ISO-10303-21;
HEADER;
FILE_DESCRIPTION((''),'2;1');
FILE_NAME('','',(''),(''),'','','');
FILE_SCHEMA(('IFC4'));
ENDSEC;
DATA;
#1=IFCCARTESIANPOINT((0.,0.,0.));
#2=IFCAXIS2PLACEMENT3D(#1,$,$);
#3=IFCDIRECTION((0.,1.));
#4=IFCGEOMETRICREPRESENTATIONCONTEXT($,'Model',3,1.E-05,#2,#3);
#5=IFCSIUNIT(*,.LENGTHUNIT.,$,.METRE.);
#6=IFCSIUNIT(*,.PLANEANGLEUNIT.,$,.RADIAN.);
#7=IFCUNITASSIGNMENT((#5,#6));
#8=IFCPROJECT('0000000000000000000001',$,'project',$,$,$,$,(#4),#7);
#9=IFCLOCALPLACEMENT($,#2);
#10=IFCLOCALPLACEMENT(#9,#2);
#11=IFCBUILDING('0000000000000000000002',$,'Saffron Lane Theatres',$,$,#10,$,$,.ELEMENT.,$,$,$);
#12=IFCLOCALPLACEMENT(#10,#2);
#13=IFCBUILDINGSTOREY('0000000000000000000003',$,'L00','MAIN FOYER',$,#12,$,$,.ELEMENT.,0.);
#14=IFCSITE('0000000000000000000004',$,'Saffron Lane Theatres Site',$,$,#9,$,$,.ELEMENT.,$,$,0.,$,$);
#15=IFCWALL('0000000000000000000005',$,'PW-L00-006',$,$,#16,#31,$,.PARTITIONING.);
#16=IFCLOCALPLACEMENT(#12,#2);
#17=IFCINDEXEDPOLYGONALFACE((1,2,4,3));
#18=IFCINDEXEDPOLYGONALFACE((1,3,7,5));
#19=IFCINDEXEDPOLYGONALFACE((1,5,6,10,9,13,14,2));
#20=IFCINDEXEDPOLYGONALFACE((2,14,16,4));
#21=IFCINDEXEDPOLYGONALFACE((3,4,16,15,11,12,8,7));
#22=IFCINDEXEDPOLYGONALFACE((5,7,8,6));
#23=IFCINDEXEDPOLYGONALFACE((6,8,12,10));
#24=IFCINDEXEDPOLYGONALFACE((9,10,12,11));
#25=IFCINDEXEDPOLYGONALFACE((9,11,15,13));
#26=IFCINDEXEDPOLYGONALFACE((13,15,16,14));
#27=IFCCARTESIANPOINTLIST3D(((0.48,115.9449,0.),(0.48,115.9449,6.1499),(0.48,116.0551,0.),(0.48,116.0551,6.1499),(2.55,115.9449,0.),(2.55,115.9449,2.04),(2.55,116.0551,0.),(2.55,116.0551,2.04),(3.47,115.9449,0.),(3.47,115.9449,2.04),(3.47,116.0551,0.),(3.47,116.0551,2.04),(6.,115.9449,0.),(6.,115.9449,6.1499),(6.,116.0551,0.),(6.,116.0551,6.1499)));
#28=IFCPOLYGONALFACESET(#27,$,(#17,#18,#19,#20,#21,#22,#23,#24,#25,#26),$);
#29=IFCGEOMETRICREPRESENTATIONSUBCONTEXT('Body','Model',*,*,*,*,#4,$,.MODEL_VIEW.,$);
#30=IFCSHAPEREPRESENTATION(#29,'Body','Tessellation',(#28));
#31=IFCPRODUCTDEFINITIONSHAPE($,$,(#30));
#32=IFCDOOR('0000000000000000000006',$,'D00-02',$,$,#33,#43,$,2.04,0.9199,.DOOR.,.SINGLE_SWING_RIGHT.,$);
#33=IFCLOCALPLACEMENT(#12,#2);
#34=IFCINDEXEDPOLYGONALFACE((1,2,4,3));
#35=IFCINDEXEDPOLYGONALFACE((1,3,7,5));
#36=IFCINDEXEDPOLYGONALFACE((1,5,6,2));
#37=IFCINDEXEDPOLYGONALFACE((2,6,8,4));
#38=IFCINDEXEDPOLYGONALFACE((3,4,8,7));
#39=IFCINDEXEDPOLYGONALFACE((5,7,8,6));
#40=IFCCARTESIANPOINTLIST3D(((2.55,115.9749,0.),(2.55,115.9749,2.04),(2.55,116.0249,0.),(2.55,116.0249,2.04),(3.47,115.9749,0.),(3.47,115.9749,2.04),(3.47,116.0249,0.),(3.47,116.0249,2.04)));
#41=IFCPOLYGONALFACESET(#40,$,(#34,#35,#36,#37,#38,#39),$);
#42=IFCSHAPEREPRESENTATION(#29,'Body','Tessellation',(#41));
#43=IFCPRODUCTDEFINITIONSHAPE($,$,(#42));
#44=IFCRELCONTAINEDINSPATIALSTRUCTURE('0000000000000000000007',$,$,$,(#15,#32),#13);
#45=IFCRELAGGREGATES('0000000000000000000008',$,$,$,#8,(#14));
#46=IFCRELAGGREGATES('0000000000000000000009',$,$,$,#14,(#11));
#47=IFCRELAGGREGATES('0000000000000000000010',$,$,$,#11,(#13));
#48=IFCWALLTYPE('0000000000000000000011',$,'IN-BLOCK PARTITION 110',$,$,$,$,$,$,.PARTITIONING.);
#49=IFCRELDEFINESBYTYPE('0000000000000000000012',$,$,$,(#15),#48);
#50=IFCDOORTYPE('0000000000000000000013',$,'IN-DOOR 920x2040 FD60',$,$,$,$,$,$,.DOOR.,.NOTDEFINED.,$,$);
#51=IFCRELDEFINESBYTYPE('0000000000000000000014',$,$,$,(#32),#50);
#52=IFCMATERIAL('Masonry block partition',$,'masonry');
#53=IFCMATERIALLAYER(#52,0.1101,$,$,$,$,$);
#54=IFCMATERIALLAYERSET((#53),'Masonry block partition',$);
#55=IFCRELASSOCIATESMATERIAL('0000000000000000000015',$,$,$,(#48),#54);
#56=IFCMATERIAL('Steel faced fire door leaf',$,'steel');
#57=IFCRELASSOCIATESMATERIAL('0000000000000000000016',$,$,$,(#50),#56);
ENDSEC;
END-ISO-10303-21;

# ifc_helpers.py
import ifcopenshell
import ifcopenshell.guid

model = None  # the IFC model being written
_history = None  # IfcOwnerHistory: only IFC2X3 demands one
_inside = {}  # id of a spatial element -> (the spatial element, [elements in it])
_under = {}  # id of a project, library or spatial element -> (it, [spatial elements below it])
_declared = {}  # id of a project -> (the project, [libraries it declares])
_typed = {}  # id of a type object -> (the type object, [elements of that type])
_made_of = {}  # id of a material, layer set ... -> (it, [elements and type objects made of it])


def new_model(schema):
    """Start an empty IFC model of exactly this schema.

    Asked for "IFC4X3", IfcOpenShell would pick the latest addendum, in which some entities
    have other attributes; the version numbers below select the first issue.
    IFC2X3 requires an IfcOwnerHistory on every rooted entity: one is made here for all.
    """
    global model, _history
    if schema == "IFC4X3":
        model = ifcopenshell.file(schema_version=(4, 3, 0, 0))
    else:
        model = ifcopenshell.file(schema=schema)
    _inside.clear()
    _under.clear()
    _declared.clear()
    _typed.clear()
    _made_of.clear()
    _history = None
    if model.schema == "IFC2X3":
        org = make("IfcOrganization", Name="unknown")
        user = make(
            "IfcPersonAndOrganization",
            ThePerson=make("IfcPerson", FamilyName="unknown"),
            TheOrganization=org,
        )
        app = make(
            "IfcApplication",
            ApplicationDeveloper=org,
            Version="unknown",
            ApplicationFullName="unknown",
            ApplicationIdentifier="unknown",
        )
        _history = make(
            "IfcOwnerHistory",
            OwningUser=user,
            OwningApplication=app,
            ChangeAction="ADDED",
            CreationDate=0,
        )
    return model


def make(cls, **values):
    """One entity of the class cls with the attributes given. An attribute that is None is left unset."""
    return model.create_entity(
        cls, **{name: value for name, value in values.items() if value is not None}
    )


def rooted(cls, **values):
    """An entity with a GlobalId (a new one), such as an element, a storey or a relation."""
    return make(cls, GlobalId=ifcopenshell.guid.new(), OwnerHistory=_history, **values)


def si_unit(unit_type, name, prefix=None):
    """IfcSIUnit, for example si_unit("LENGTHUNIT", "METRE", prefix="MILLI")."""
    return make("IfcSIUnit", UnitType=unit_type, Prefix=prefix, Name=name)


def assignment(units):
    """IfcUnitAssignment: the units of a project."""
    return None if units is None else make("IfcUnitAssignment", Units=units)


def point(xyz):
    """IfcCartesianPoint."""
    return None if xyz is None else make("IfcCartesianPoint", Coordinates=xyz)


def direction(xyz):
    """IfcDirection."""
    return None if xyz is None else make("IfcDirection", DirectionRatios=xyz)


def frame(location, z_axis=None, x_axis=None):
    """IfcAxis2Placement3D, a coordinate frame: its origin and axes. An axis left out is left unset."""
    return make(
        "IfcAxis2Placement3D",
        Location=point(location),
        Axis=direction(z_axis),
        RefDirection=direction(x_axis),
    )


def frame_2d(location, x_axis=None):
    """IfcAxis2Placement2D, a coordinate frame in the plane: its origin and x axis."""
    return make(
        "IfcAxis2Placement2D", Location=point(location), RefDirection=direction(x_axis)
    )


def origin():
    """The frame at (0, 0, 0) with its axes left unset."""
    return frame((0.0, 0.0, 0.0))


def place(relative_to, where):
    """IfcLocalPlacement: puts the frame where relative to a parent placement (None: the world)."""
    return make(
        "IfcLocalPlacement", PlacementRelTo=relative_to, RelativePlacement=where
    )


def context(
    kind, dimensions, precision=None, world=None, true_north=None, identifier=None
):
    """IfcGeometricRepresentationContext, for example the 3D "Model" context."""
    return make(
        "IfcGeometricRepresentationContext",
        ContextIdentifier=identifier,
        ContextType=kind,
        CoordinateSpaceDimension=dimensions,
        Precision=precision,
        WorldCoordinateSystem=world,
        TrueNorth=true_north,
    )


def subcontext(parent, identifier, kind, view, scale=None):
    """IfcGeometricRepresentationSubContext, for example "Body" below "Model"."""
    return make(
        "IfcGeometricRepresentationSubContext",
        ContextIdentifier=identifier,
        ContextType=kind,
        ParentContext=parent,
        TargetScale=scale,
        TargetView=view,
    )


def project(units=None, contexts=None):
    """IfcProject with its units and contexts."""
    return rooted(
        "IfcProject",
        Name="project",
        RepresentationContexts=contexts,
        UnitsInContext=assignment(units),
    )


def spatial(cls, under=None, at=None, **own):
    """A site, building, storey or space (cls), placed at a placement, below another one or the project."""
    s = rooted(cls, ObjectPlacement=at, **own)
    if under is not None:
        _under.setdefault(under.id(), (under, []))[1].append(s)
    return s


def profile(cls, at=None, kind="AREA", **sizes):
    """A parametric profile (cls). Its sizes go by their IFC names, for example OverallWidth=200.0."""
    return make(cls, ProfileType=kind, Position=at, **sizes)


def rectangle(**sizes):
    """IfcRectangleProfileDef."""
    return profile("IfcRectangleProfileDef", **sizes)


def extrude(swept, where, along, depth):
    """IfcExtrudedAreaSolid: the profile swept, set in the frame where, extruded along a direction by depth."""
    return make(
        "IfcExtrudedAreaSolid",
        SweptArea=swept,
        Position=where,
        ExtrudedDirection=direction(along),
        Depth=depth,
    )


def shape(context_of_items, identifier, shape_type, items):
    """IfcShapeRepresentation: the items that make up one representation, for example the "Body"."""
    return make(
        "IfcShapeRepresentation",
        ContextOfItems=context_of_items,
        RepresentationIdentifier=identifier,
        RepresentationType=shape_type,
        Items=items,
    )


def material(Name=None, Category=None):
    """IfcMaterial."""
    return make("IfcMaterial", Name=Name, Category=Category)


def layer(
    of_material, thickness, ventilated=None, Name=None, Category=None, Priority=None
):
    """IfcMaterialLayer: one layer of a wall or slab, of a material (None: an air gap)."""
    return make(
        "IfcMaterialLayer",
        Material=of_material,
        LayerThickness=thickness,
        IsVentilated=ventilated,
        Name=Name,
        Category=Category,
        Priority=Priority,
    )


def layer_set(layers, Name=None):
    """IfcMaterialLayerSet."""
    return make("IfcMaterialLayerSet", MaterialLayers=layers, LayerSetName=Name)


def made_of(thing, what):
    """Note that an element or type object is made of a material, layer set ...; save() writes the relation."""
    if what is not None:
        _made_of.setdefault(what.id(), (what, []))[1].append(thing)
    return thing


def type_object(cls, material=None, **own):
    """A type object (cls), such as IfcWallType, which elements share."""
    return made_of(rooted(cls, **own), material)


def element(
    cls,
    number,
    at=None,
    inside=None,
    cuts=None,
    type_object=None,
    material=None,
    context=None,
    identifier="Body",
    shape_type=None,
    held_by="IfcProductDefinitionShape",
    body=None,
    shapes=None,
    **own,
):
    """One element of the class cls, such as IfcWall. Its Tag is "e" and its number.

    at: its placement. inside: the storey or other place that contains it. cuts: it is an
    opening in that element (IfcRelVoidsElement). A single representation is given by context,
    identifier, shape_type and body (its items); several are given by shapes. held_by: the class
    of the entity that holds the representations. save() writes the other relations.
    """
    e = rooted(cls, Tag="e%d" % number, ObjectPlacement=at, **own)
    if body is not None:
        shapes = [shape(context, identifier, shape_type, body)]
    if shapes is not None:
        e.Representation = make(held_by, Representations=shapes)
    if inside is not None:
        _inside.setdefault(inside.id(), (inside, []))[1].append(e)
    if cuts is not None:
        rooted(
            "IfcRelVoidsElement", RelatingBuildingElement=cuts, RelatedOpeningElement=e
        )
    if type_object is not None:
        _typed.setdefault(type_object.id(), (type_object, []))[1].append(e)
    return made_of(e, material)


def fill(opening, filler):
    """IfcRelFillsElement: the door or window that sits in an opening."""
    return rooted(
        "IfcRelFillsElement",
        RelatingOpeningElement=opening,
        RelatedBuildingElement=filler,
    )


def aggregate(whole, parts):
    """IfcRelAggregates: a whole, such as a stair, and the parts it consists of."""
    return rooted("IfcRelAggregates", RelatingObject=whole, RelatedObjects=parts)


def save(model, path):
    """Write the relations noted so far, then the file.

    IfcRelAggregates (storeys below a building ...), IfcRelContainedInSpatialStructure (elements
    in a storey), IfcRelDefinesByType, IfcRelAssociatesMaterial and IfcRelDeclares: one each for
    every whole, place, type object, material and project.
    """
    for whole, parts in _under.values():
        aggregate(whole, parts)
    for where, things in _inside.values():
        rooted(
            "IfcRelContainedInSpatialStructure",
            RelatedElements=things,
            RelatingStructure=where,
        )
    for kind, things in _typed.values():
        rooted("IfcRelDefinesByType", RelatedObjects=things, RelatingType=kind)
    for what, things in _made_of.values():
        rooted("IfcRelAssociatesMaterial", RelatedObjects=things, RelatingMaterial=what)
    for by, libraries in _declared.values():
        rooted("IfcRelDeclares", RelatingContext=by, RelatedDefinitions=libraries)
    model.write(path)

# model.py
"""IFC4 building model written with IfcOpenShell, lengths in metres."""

from ifc_helpers import new_model, si_unit, direction, frame, frame_2d, origin, place, context, subcontext, project, spatial, rectangle, extrude, material, layer, layer_set, type_object, element, fill, save


model = new_model("IFC4")

# Units and contexts
model_context = context("Model", 3, precision=1e-05, world=origin(), true_north=direction((0.0, 1.0)))
body_context = subcontext(model_context, "Body", "Model", "MODEL_VIEW")
ifc_project = project(units=[si_unit("LENGTHUNIT", "METRE"), si_unit("PLANEANGLEUNIT", "RADIAN")], contexts=[model_context])

# Site, building, storey
site_placement = place(None, origin())
site = spatial("IfcSite", under=ifc_project, at=site_placement, Name="Saffron Lane Theatres Site", CompositionType="ELEMENT", RefElevation=0.0)
building_placement = place(site_placement, origin())
building = spatial("IfcBuilding", under=site, at=building_placement, Name="Saffron Lane Theatres", CompositionType="ELEMENT")
storey_placement = place(building_placement, origin())
storey = spatial("IfcBuildingStorey", under=building, at=storey_placement, Name="L00", Description="MAIN FOYER", CompositionType="ELEMENT", Elevation=0.0)

# Wall, opening, door
ifc_material_1 = material(Name="Masonry block partition", Category="masonry")
ifc_layer_1 = layer(ifc_material_1, 0.1101)
ifc_layer_set_1 = layer_set([ifc_layer_1], Name="Masonry block partition")
wall_type = type_object("IfcWallType", Name="IN-BLOCK PARTITION 110", PredefinedType="PARTITIONING", material=ifc_layer_set_1)
wall_placement = place(storey_placement, frame((0.48, 116.0, 0.0), z_axis=(0.0, 0.0, 1.0), x_axis=(1.0, 0.0, 0.0)))
wall = element("IfcWall", 1, at=wall_placement, inside=storey, type_object=wall_type, Name="PW-L00-006", PredefinedType="PARTITIONING", context=body_context, shape_type="SweptSolid", body=[
    extrude(rectangle(XDim=5.52, YDim=0.1101, at=frame_2d((2.76, 0.0))), origin(), (0.0, 0.0, 1.0), 6.1499),
])
opening_placement = place(wall_placement, frame((2.0701, 0.0, 0.0)))
opening = element("IfcOpeningElement", 2, at=opening_placement, cuts=wall, PredefinedType="OPENING", context=body_context, shape_type="SweptSolid", body=[
    extrude(rectangle(XDim=0.9199, YDim=2.04, at=frame_2d((0.46, 1.02))), frame((0.0, 0.0649, 0.0), z_axis=(0.0, -1.0, 0.0), x_axis=(1.0, 0.0, 0.0)), (0.0, 0.0, 1.0), 0.1301),
])
ifc_material_2 = material(Name="Steel faced fire door leaf", Category="steel")
door_type = type_object("IfcDoorType", Name="IN-DOOR 920x2040 FD60", OperationType="NOTDEFINED", PredefinedType="DOOR", material=ifc_material_2)
door_placement = place(opening_placement, origin())
door = element("IfcDoor", 3, at=door_placement, inside=storey, type_object=door_type, Name="D00-02", OperationType="SINGLE_SWING_RIGHT", OverallHeight=2.04, OverallWidth=0.9199, PredefinedType="DOOR", context=body_context, shape_type="SweptSolid", body=[
    extrude(rectangle(XDim=0.9199, YDim=2.04, at=frame_2d((0.46, 1.02))), frame((0.0, 0.0249, 0.0), z_axis=(0.0, -1.0, 0.0), x_axis=(1.0, 0.0, 0.0)), (0.0, 0.0, 1.0), 0.05),
])
fill(opening, door)

save(model, "model.ifc")
